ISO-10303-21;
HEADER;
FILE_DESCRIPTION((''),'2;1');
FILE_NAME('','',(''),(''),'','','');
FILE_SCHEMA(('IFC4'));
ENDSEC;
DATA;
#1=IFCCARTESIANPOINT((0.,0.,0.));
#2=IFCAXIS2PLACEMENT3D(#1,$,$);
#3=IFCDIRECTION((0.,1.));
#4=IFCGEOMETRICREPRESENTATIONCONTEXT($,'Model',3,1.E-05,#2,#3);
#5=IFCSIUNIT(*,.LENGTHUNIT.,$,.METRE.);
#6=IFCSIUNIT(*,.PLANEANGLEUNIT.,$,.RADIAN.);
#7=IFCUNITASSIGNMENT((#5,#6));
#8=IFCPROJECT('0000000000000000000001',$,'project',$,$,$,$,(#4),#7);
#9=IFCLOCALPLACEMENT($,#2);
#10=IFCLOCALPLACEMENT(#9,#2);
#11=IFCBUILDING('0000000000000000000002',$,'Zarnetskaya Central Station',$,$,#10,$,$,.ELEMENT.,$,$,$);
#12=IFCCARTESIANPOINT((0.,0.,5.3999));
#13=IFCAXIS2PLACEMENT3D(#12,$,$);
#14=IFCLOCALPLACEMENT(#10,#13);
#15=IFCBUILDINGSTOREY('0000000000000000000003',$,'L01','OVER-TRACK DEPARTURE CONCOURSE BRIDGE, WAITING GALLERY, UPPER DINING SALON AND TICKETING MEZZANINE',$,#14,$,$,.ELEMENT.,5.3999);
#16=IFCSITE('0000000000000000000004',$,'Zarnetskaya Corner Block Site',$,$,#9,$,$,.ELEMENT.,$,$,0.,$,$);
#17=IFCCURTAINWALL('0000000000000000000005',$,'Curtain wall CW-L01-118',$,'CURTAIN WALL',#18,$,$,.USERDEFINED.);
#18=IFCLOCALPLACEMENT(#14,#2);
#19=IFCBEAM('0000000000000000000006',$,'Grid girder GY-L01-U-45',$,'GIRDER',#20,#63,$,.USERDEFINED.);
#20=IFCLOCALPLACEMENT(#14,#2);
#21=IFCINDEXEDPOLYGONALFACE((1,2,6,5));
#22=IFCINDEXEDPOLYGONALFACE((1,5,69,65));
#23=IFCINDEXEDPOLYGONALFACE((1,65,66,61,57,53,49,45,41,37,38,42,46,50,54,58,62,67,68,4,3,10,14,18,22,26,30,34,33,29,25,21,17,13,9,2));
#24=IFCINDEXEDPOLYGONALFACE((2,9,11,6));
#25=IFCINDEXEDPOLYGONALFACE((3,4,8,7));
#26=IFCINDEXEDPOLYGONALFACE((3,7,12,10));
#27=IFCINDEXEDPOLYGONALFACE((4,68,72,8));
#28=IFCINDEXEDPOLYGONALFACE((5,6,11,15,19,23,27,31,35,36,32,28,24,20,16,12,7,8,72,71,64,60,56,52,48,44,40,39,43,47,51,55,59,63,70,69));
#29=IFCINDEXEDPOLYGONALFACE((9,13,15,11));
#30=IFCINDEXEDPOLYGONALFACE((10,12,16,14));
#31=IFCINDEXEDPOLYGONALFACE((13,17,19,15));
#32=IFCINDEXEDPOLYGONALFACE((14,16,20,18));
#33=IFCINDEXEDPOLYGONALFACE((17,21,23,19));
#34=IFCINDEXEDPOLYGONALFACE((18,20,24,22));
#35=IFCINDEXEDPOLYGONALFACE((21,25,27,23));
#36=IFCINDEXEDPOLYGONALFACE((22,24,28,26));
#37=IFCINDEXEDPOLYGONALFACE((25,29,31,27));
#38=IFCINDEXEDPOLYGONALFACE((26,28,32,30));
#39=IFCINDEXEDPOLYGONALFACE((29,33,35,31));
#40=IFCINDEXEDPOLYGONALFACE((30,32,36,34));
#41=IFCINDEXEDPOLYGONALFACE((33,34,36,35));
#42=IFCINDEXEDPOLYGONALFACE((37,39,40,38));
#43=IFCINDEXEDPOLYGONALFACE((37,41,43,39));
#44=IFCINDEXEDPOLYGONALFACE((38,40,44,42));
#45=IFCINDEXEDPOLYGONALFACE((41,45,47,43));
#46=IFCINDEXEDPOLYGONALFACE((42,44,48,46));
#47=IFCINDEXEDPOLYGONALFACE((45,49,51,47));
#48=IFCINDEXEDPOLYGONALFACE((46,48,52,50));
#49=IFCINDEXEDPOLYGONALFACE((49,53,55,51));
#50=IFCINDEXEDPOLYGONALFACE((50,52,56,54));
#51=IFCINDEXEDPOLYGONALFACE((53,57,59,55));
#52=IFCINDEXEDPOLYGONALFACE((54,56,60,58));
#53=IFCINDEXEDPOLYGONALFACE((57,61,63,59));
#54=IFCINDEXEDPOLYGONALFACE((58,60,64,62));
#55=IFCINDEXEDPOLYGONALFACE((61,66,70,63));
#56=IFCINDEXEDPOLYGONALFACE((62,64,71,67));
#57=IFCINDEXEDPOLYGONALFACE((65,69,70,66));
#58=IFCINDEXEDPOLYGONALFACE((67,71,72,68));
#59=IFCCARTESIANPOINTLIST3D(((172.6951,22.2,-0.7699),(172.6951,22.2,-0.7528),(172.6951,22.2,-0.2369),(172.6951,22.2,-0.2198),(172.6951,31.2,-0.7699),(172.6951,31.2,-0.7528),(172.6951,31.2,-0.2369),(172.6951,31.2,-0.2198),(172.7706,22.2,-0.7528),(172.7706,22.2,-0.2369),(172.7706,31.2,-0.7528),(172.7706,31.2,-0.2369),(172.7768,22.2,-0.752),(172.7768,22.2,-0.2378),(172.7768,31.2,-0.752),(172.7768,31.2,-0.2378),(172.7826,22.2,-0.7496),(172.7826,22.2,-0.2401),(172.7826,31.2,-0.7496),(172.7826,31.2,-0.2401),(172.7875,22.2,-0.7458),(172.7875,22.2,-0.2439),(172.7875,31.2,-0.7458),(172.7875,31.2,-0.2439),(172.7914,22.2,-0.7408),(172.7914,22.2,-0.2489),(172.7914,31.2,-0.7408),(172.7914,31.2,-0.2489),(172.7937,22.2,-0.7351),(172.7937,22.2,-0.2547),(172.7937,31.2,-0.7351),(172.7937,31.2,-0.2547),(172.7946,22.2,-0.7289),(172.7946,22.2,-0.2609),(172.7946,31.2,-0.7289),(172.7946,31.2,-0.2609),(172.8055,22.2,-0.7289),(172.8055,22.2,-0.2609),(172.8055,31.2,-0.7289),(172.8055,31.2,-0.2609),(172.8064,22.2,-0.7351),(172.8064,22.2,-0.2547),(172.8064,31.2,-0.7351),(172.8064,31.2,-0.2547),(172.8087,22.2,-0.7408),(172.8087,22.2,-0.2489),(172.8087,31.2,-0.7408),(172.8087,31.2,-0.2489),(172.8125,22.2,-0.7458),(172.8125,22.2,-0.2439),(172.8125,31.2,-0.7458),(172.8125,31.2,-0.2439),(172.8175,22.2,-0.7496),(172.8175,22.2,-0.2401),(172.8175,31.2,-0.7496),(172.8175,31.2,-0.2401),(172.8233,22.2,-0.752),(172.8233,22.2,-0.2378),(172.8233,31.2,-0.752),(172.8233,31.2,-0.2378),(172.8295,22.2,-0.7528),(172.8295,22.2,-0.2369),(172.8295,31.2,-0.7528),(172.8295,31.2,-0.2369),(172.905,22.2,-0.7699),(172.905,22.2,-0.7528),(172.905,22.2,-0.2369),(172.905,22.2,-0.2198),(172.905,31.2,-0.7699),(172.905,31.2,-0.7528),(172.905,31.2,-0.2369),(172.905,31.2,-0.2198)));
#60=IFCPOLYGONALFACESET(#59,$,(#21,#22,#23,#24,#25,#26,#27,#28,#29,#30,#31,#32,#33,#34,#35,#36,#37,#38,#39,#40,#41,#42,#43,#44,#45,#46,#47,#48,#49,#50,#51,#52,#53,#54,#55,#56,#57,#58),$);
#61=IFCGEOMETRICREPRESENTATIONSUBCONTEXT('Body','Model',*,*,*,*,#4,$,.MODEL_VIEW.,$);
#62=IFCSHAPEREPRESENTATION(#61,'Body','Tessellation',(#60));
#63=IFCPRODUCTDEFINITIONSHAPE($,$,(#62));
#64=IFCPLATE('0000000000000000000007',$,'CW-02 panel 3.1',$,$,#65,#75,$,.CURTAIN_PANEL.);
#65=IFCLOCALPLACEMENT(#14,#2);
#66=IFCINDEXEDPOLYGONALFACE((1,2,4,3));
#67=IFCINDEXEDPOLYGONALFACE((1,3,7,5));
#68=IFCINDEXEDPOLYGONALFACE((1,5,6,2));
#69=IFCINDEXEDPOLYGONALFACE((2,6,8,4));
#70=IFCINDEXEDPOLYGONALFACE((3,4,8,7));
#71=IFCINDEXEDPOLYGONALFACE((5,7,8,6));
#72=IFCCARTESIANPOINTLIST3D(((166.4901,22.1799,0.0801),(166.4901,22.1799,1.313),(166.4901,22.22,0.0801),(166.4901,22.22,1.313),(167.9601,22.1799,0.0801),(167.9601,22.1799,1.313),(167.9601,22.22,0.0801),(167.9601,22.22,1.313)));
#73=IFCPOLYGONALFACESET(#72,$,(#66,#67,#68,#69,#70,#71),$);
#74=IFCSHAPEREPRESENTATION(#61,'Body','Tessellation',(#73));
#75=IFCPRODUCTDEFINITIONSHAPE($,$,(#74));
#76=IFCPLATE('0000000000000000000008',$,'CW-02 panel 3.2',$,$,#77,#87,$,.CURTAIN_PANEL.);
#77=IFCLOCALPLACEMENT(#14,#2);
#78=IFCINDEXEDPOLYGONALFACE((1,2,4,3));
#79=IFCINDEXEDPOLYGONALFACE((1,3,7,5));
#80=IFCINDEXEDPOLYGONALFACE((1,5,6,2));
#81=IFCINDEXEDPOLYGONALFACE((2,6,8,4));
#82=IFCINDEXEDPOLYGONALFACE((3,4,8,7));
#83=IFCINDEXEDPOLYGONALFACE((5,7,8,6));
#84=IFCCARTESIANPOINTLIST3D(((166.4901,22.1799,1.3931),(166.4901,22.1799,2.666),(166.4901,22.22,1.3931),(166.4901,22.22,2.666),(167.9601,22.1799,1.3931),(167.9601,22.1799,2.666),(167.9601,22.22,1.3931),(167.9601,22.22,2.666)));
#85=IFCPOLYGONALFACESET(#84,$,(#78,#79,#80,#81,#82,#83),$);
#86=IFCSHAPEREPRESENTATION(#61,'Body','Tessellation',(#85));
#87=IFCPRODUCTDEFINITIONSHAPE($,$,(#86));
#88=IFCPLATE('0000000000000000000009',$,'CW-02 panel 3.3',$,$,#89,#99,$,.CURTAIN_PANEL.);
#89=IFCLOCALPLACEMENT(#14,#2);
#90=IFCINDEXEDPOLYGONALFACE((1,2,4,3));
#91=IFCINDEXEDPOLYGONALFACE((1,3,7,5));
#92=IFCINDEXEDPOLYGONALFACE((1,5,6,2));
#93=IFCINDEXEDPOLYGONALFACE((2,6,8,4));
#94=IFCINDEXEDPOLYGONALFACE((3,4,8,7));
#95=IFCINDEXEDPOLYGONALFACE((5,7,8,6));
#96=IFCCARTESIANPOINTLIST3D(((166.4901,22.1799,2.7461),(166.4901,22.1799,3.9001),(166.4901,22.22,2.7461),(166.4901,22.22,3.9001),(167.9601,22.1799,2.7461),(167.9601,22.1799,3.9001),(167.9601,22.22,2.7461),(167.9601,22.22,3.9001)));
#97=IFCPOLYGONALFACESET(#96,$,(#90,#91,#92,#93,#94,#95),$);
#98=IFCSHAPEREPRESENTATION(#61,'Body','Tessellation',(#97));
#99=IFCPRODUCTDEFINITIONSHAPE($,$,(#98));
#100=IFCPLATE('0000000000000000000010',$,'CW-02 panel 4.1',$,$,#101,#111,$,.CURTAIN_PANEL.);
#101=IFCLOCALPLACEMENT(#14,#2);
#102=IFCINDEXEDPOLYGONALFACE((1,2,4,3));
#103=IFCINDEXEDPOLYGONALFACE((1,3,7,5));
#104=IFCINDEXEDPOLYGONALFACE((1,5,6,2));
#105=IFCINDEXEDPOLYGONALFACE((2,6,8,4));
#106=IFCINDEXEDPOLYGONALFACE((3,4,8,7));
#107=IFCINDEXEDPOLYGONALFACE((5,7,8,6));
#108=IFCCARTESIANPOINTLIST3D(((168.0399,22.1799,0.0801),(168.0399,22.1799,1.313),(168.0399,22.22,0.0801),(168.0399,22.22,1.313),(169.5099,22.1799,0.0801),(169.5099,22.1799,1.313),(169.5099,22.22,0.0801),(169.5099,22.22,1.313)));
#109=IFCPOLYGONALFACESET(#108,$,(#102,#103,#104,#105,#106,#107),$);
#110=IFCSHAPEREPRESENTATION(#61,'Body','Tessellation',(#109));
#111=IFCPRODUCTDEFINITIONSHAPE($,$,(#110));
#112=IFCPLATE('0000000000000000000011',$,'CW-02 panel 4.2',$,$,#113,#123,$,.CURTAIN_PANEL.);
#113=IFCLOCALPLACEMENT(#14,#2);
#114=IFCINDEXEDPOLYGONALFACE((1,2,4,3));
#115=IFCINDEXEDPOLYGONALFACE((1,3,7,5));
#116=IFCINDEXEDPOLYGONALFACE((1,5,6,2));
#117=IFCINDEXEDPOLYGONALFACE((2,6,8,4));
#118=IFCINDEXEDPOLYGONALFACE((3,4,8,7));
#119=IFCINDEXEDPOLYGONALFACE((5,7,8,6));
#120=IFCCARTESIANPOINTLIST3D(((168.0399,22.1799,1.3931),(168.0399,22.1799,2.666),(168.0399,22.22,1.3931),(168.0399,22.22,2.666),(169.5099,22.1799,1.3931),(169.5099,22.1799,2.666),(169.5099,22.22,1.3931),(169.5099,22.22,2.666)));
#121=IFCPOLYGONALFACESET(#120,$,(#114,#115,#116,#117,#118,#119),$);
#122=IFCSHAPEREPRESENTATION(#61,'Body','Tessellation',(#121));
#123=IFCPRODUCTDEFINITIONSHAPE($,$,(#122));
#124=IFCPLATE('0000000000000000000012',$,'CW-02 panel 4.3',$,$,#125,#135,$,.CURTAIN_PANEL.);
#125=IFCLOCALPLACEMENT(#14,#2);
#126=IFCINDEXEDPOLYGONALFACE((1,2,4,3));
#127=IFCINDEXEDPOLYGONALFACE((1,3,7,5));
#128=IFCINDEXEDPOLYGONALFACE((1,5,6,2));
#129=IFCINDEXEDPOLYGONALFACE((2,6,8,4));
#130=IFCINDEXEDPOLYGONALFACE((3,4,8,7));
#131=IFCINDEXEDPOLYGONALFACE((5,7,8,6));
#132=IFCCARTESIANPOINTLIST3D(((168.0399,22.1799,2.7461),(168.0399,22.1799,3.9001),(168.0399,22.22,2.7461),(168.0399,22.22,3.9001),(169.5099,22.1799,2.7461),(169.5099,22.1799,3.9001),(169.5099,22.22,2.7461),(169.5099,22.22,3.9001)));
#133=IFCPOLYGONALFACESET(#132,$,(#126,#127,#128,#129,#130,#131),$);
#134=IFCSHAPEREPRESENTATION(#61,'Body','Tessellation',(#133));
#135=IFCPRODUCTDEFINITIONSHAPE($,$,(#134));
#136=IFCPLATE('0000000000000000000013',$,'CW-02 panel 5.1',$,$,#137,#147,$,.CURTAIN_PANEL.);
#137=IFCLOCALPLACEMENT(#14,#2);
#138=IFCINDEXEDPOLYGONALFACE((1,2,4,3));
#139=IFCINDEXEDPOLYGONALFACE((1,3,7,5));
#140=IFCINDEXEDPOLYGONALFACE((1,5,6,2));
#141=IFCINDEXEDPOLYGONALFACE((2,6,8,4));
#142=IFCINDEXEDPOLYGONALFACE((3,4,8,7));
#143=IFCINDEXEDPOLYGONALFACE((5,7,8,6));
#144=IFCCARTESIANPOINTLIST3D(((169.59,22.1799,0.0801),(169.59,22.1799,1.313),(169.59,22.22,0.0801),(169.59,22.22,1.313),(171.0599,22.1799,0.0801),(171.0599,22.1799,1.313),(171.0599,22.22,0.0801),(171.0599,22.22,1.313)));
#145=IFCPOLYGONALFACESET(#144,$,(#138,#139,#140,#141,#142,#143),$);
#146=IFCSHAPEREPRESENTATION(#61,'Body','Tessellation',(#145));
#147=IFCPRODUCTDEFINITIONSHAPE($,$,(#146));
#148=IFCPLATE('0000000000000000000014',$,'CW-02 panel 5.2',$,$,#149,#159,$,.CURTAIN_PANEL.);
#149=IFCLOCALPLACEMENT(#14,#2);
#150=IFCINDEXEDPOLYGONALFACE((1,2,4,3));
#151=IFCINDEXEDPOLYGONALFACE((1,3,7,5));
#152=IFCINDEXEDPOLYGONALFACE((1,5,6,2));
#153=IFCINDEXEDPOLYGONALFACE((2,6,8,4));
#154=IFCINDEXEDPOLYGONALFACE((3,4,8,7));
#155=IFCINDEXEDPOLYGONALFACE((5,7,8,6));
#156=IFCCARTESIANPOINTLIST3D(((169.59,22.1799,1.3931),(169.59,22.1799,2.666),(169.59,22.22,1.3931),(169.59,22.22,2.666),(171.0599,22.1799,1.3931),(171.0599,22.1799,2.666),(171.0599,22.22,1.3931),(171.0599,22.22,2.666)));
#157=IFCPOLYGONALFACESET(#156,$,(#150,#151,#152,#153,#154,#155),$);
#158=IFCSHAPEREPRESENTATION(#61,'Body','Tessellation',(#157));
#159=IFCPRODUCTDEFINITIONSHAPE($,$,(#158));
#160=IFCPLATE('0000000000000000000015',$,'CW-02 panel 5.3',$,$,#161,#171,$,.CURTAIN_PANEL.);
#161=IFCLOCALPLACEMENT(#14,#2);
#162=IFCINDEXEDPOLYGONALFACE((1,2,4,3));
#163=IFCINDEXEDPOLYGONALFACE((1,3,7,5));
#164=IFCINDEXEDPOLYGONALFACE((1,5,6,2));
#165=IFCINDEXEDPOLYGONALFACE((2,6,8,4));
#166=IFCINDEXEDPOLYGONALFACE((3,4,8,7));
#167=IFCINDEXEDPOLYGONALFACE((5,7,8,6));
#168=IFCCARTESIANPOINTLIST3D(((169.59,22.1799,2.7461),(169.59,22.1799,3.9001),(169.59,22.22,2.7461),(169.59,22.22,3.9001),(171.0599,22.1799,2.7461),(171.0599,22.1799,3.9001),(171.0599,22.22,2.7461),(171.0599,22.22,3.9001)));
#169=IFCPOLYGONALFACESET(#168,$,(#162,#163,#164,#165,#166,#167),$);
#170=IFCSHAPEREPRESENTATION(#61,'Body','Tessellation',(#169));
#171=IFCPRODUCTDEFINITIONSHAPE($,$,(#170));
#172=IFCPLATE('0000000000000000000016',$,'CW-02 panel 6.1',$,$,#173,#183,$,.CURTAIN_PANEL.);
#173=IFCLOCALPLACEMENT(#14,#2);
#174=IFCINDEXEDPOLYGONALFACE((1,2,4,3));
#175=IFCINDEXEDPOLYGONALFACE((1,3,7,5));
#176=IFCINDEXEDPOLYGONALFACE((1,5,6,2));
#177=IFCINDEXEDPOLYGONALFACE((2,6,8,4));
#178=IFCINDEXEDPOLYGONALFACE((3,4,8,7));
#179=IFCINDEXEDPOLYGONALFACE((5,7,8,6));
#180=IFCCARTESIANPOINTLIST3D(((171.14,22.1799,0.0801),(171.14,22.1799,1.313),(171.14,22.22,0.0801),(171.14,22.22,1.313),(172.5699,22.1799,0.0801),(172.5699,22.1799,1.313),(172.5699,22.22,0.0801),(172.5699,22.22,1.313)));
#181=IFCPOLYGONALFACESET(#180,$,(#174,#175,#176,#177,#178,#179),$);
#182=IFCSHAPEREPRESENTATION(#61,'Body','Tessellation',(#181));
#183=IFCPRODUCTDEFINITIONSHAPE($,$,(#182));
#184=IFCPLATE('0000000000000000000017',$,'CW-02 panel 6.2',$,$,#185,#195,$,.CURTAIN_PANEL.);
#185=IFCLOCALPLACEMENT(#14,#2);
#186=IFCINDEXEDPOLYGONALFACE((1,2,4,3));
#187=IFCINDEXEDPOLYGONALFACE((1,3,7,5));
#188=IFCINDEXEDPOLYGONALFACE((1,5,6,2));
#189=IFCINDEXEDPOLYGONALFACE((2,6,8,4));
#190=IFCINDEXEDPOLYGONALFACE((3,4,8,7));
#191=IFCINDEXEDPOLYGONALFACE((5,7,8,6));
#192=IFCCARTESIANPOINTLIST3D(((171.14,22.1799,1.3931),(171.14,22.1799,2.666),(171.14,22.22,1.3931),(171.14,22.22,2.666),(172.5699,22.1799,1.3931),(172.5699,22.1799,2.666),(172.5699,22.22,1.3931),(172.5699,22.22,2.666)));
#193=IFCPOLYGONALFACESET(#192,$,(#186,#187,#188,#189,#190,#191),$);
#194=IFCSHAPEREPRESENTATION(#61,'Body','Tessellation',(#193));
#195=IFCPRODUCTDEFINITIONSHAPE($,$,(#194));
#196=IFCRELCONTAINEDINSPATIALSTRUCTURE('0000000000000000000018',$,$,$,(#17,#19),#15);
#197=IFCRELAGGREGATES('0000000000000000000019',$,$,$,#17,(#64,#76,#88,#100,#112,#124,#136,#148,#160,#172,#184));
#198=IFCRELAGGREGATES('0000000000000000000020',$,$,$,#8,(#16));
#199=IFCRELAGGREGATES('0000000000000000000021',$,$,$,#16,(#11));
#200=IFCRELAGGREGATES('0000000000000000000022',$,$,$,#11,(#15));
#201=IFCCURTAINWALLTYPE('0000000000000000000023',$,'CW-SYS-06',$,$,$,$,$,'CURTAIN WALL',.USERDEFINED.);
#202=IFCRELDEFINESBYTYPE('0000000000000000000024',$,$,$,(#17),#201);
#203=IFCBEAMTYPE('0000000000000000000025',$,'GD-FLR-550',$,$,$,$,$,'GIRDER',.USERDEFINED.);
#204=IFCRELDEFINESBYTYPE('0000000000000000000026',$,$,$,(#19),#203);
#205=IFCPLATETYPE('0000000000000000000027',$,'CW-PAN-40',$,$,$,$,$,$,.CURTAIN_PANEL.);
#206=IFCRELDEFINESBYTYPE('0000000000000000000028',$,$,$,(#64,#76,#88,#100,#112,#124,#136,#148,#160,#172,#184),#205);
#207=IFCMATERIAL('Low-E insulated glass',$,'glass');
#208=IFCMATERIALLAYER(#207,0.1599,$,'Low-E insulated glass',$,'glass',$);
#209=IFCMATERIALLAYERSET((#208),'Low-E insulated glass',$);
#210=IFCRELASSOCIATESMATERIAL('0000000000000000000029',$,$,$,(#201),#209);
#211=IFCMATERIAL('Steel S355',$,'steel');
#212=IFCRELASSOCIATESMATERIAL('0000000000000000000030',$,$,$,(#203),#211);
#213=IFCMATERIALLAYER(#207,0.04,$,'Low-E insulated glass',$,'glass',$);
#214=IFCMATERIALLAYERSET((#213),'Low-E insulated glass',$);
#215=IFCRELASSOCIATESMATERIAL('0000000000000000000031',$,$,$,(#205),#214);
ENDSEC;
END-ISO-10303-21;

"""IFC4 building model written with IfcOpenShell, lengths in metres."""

from ifc_helpers import new_model, si_unit, direction, frame, origin, origin_2d, place, context, subcontext, project, spatial, rectangle, i_section, extrude, material, layer, layer_set, material_profile, profile_set, type_object, element, aggregate, save


model = new_model("IFC4")

# Units and contexts
model_context = context("Model", 3, precision=1e-05, world=origin(), true_north=direction((0.0, 1.0)))
body_context = subcontext(model_context, "Body", "Model", "MODEL_VIEW")
ifc_project = project(units=[si_unit("LENGTHUNIT", "METRE"), si_unit("PLANEANGLEUNIT", "RADIAN")], contexts=[model_context])

# Site, building, storey
site_placement = place(None, origin())
site = spatial("IfcSite", under=ifc_project, at=site_placement, Name="Zarnetskaya Corner Block Site", CompositionType="ELEMENT", RefElevation=0.0)
building_placement = place(site_placement, origin())
building = spatial("IfcBuilding", under=site, at=building_placement, Name="Zarnetskaya Central Station", CompositionType="ELEMENT")
storey_placement = place(building_placement, frame((0.0, 0.0, 5.3999)))
storey = spatial("IfcBuildingStorey", under=building, at=storey_placement, Name="L01", Description="OVER-TRACK DEPARTURE CONCOURSE BRIDGE, WAITING GALLERY, UPPER DINING SALON AND TICKETING MEZZANINE", CompositionType="ELEMENT", Elevation=5.3999)

# Shared definitions
ifc_material_1 = material(Name="Steel S355", Category="steel")

# Shared definitions
ifc_material_2 = material(Name="Low-E insulated glass", Category="glass")
ifc_layer_1 = layer(ifc_material_2, 0.1599, Name="Low-E insulated glass", Category="glass")
ifc_layer_set_1 = layer_set([ifc_layer_1], Name="Low-E insulated glass")
curtain_wall_type = type_object("IfcCurtainWallType", Name="CW-SYS-06", ElementType="CURTAIN WALL", PredefinedType="USERDEFINED", material=ifc_layer_set_1)

# Curtain wall
curtain_wall_1_placement = place(storey_placement, origin())
curtain_wall_1 = element("IfcCurtainWall", 1, at=curtain_wall_1_placement, inside=storey, type_object=curtain_wall_type, Name="Curtain wall CW-L01-118", ObjectType="CURTAIN WALL", PredefinedType="USERDEFINED")

# Beam
ifc_material_profile_1 = material_profile(ifc_material_1, i_section(OverallWidth=0.21, OverallDepth=0.55, WebThickness=0.011, FlangeThickness=0.0171, FilletRadius=0.0239, at=origin_2d()), Name="IPE 550")
ifc_profile_set_1 = profile_set([ifc_material_profile_1], Name="Steel S355")
beam_type = type_object("IfcBeamType", Name="GD-FLR-550", ElementType="GIRDER", PredefinedType="USERDEFINED", material=ifc_profile_set_1)
beam_placement = place(storey_placement, frame((172.8, 22.2, -0.4949), z_axis=(0.0, 1.0, 0.0), x_axis=(-1.0, 0.0, 0.0)))
element("IfcBeam", 2, at=beam_placement, inside=storey, type_object=beam_type, Name="Grid girder GY-L01-U-45", ObjectType="GIRDER", PredefinedType="USERDEFINED", context=body_context, shape_type="SweptSolid", body=[
    extrude(i_section(OverallWidth=0.21, OverallDepth=0.55, WebThickness=0.011, FlangeThickness=0.0171, FilletRadius=0.0239, at=origin_2d()), origin(), (0.0, 0.0, 1.0), 9.0),
])

# Plates
ifc_layer_2 = layer(ifc_material_2, 0.04, Name="Low-E insulated glass", Category="glass")
ifc_layer_set_2 = layer_set([ifc_layer_2], Name="Low-E insulated glass")
plate_type_1 = type_object("IfcPlateType", Name="CW-PAN-40", PredefinedType="CURTAIN_PANEL", material=ifc_layer_set_2)
plate_1_placement = place(storey_placement, frame((167.2251, 22.2, 0.0801), z_axis=(0.0, 0.0, 1.0), x_axis=(1.0, 0.0, 0.0)))
plate_1 = element("IfcPlate", 3, at=plate_1_placement, type_object=plate_type_1, Name="CW-02 panel 3.1", PredefinedType="CURTAIN_PANEL", context=body_context, shape_type="SweptSolid", body=[
    extrude(rectangle(XDim=1.47, YDim=0.04, at=origin_2d()), origin(), (0.0, 0.0, 1.0), 1.2329),
])
plate_2_placement = place(storey_placement, frame((167.2251, 22.2, 1.3931), z_axis=(0.0, 0.0, 1.0), x_axis=(1.0, 0.0, 0.0)))
plate_2 = element("IfcPlate", 4, at=plate_2_placement, type_object=plate_type_1, Name="CW-02 panel 3.2", PredefinedType="CURTAIN_PANEL", context=body_context, shape_type="SweptSolid", body=[
    extrude(rectangle(XDim=1.47, YDim=0.04, at=origin_2d()), origin(), (0.0, 0.0, 1.0), 1.2729),
])
plate_3_placement = place(storey_placement, frame((167.2251, 22.2, 2.7461), z_axis=(0.0, 0.0, 1.0), x_axis=(1.0, 0.0, 0.0)))
plate_3 = element("IfcPlate", 5, at=plate_3_placement, type_object=plate_type_1, Name="CW-02 panel 3.3", PredefinedType="CURTAIN_PANEL", context=body_context, shape_type="SweptSolid", body=[
    extrude(rectangle(XDim=1.47, YDim=0.04, at=origin_2d()), origin(), (0.0, 0.0, 1.0), 1.1541),
])
plate_4_placement = place(storey_placement, frame((168.7749, 22.2, 0.0801), z_axis=(0.0, 0.0, 1.0), x_axis=(1.0, 0.0, 0.0)))
plate_4 = element("IfcPlate", 6, at=plate_4_placement, type_object=plate_type_1, Name="CW-02 panel 4.1", PredefinedType="CURTAIN_PANEL", context=body_context, shape_type="SweptSolid", body=[
    extrude(rectangle(XDim=1.47, YDim=0.04, at=origin_2d()), origin(), (0.0, 0.0, 1.0), 1.2329),
])
plate_5_placement = place(storey_placement, frame((168.7749, 22.2, 1.3931), z_axis=(0.0, 0.0, 1.0), x_axis=(1.0, 0.0, 0.0)))
plate_5 = element("IfcPlate", 7, at=plate_5_placement, type_object=plate_type_1, Name="CW-02 panel 4.2", PredefinedType="CURTAIN_PANEL", context=body_context, shape_type="SweptSolid", body=[
    extrude(rectangle(XDim=1.47, YDim=0.04, at=origin_2d()), origin(), (0.0, 0.0, 1.0), 1.2729),
])
plate_6_placement = place(storey_placement, frame((168.7749, 22.2, 2.7461), z_axis=(0.0, 0.0, 1.0), x_axis=(1.0, 0.0, 0.0)))
plate_6 = element("IfcPlate", 8, at=plate_6_placement, type_object=plate_type_1, Name="CW-02 panel 4.3", PredefinedType="CURTAIN_PANEL", context=body_context, shape_type="SweptSolid", body=[
    extrude(rectangle(XDim=1.47, YDim=0.04, at=origin_2d()), origin(), (0.0, 0.0, 1.0), 1.1541),
])
plate_7_placement = place(storey_placement, frame((170.325, 22.2, 0.0801), z_axis=(0.0, 0.0, 1.0), x_axis=(1.0, 0.0, 0.0)))
plate_7 = element("IfcPlate", 9, at=plate_7_placement, type_object=plate_type_1, Name="CW-02 panel 5.1", PredefinedType="CURTAIN_PANEL", context=body_context, shape_type="SweptSolid", body=[
    extrude(rectangle(XDim=1.47, YDim=0.04, at=origin_2d()), origin(), (0.0, 0.0, 1.0), 1.2329),
])
plate_8_placement = place(storey_placement, frame((170.325, 22.2, 1.3931), z_axis=(0.0, 0.0, 1.0), x_axis=(1.0, 0.0, 0.0)))
plate_8 = element("IfcPlate", 10, at=plate_8_placement, type_object=plate_type_1, Name="CW-02 panel 5.2", PredefinedType="CURTAIN_PANEL", context=body_context, shape_type="SweptSolid", body=[
    extrude(rectangle(XDim=1.47, YDim=0.04, at=origin_2d()), origin(), (0.0, 0.0, 1.0), 1.2729),
])
plate_9_placement = place(storey_placement, frame((170.325, 22.2, 2.7461), z_axis=(0.0, 0.0, 1.0), x_axis=(1.0, 0.0, 0.0)))
plate_9 = element("IfcPlate", 11, at=plate_9_placement, type_object=plate_type_1, Name="CW-02 panel 5.3", PredefinedType="CURTAIN_PANEL", context=body_context, shape_type="SweptSolid", body=[
    extrude(rectangle(XDim=1.47, YDim=0.04, at=origin_2d()), origin(), (0.0, 0.0, 1.0), 1.1541),
])
plate_10_placement = place(storey_placement, frame((171.855, 22.2, 0.0801), z_axis=(0.0, 0.0, 1.0), x_axis=(1.0, 0.0, 0.0)))
plate_10 = element("IfcPlate", 12, at=plate_10_placement, type_object=plate_type_1, Name="CW-02 panel 6.1", PredefinedType="CURTAIN_PANEL", context=body_context, shape_type="SweptSolid", body=[
    extrude(rectangle(XDim=1.4299, YDim=0.04, at=origin_2d()), origin(), (0.0, 0.0, 1.0), 1.2329),
])
plate_11_placement = place(storey_placement, frame((171.855, 22.2, 1.3931), z_axis=(0.0, 0.0, 1.0), x_axis=(1.0, 0.0, 0.0)))
plate_11 = element("IfcPlate", 13, at=plate_11_placement, type_object=plate_type_1, Name="CW-02 panel 6.2", PredefinedType="CURTAIN_PANEL", context=body_context, shape_type="SweptSolid", body=[
    extrude(rectangle(XDim=1.4299, YDim=0.04, at=origin_2d()), origin(), (0.0, 0.0, 1.0), 1.2729),
])
aggregate(curtain_wall_1, [plate_1, plate_2, plate_3, plate_4, plate_5, plate_6, plate_7, plate_8, plate_9, plate_10, plate_11])

save(model, "model.ifc")
